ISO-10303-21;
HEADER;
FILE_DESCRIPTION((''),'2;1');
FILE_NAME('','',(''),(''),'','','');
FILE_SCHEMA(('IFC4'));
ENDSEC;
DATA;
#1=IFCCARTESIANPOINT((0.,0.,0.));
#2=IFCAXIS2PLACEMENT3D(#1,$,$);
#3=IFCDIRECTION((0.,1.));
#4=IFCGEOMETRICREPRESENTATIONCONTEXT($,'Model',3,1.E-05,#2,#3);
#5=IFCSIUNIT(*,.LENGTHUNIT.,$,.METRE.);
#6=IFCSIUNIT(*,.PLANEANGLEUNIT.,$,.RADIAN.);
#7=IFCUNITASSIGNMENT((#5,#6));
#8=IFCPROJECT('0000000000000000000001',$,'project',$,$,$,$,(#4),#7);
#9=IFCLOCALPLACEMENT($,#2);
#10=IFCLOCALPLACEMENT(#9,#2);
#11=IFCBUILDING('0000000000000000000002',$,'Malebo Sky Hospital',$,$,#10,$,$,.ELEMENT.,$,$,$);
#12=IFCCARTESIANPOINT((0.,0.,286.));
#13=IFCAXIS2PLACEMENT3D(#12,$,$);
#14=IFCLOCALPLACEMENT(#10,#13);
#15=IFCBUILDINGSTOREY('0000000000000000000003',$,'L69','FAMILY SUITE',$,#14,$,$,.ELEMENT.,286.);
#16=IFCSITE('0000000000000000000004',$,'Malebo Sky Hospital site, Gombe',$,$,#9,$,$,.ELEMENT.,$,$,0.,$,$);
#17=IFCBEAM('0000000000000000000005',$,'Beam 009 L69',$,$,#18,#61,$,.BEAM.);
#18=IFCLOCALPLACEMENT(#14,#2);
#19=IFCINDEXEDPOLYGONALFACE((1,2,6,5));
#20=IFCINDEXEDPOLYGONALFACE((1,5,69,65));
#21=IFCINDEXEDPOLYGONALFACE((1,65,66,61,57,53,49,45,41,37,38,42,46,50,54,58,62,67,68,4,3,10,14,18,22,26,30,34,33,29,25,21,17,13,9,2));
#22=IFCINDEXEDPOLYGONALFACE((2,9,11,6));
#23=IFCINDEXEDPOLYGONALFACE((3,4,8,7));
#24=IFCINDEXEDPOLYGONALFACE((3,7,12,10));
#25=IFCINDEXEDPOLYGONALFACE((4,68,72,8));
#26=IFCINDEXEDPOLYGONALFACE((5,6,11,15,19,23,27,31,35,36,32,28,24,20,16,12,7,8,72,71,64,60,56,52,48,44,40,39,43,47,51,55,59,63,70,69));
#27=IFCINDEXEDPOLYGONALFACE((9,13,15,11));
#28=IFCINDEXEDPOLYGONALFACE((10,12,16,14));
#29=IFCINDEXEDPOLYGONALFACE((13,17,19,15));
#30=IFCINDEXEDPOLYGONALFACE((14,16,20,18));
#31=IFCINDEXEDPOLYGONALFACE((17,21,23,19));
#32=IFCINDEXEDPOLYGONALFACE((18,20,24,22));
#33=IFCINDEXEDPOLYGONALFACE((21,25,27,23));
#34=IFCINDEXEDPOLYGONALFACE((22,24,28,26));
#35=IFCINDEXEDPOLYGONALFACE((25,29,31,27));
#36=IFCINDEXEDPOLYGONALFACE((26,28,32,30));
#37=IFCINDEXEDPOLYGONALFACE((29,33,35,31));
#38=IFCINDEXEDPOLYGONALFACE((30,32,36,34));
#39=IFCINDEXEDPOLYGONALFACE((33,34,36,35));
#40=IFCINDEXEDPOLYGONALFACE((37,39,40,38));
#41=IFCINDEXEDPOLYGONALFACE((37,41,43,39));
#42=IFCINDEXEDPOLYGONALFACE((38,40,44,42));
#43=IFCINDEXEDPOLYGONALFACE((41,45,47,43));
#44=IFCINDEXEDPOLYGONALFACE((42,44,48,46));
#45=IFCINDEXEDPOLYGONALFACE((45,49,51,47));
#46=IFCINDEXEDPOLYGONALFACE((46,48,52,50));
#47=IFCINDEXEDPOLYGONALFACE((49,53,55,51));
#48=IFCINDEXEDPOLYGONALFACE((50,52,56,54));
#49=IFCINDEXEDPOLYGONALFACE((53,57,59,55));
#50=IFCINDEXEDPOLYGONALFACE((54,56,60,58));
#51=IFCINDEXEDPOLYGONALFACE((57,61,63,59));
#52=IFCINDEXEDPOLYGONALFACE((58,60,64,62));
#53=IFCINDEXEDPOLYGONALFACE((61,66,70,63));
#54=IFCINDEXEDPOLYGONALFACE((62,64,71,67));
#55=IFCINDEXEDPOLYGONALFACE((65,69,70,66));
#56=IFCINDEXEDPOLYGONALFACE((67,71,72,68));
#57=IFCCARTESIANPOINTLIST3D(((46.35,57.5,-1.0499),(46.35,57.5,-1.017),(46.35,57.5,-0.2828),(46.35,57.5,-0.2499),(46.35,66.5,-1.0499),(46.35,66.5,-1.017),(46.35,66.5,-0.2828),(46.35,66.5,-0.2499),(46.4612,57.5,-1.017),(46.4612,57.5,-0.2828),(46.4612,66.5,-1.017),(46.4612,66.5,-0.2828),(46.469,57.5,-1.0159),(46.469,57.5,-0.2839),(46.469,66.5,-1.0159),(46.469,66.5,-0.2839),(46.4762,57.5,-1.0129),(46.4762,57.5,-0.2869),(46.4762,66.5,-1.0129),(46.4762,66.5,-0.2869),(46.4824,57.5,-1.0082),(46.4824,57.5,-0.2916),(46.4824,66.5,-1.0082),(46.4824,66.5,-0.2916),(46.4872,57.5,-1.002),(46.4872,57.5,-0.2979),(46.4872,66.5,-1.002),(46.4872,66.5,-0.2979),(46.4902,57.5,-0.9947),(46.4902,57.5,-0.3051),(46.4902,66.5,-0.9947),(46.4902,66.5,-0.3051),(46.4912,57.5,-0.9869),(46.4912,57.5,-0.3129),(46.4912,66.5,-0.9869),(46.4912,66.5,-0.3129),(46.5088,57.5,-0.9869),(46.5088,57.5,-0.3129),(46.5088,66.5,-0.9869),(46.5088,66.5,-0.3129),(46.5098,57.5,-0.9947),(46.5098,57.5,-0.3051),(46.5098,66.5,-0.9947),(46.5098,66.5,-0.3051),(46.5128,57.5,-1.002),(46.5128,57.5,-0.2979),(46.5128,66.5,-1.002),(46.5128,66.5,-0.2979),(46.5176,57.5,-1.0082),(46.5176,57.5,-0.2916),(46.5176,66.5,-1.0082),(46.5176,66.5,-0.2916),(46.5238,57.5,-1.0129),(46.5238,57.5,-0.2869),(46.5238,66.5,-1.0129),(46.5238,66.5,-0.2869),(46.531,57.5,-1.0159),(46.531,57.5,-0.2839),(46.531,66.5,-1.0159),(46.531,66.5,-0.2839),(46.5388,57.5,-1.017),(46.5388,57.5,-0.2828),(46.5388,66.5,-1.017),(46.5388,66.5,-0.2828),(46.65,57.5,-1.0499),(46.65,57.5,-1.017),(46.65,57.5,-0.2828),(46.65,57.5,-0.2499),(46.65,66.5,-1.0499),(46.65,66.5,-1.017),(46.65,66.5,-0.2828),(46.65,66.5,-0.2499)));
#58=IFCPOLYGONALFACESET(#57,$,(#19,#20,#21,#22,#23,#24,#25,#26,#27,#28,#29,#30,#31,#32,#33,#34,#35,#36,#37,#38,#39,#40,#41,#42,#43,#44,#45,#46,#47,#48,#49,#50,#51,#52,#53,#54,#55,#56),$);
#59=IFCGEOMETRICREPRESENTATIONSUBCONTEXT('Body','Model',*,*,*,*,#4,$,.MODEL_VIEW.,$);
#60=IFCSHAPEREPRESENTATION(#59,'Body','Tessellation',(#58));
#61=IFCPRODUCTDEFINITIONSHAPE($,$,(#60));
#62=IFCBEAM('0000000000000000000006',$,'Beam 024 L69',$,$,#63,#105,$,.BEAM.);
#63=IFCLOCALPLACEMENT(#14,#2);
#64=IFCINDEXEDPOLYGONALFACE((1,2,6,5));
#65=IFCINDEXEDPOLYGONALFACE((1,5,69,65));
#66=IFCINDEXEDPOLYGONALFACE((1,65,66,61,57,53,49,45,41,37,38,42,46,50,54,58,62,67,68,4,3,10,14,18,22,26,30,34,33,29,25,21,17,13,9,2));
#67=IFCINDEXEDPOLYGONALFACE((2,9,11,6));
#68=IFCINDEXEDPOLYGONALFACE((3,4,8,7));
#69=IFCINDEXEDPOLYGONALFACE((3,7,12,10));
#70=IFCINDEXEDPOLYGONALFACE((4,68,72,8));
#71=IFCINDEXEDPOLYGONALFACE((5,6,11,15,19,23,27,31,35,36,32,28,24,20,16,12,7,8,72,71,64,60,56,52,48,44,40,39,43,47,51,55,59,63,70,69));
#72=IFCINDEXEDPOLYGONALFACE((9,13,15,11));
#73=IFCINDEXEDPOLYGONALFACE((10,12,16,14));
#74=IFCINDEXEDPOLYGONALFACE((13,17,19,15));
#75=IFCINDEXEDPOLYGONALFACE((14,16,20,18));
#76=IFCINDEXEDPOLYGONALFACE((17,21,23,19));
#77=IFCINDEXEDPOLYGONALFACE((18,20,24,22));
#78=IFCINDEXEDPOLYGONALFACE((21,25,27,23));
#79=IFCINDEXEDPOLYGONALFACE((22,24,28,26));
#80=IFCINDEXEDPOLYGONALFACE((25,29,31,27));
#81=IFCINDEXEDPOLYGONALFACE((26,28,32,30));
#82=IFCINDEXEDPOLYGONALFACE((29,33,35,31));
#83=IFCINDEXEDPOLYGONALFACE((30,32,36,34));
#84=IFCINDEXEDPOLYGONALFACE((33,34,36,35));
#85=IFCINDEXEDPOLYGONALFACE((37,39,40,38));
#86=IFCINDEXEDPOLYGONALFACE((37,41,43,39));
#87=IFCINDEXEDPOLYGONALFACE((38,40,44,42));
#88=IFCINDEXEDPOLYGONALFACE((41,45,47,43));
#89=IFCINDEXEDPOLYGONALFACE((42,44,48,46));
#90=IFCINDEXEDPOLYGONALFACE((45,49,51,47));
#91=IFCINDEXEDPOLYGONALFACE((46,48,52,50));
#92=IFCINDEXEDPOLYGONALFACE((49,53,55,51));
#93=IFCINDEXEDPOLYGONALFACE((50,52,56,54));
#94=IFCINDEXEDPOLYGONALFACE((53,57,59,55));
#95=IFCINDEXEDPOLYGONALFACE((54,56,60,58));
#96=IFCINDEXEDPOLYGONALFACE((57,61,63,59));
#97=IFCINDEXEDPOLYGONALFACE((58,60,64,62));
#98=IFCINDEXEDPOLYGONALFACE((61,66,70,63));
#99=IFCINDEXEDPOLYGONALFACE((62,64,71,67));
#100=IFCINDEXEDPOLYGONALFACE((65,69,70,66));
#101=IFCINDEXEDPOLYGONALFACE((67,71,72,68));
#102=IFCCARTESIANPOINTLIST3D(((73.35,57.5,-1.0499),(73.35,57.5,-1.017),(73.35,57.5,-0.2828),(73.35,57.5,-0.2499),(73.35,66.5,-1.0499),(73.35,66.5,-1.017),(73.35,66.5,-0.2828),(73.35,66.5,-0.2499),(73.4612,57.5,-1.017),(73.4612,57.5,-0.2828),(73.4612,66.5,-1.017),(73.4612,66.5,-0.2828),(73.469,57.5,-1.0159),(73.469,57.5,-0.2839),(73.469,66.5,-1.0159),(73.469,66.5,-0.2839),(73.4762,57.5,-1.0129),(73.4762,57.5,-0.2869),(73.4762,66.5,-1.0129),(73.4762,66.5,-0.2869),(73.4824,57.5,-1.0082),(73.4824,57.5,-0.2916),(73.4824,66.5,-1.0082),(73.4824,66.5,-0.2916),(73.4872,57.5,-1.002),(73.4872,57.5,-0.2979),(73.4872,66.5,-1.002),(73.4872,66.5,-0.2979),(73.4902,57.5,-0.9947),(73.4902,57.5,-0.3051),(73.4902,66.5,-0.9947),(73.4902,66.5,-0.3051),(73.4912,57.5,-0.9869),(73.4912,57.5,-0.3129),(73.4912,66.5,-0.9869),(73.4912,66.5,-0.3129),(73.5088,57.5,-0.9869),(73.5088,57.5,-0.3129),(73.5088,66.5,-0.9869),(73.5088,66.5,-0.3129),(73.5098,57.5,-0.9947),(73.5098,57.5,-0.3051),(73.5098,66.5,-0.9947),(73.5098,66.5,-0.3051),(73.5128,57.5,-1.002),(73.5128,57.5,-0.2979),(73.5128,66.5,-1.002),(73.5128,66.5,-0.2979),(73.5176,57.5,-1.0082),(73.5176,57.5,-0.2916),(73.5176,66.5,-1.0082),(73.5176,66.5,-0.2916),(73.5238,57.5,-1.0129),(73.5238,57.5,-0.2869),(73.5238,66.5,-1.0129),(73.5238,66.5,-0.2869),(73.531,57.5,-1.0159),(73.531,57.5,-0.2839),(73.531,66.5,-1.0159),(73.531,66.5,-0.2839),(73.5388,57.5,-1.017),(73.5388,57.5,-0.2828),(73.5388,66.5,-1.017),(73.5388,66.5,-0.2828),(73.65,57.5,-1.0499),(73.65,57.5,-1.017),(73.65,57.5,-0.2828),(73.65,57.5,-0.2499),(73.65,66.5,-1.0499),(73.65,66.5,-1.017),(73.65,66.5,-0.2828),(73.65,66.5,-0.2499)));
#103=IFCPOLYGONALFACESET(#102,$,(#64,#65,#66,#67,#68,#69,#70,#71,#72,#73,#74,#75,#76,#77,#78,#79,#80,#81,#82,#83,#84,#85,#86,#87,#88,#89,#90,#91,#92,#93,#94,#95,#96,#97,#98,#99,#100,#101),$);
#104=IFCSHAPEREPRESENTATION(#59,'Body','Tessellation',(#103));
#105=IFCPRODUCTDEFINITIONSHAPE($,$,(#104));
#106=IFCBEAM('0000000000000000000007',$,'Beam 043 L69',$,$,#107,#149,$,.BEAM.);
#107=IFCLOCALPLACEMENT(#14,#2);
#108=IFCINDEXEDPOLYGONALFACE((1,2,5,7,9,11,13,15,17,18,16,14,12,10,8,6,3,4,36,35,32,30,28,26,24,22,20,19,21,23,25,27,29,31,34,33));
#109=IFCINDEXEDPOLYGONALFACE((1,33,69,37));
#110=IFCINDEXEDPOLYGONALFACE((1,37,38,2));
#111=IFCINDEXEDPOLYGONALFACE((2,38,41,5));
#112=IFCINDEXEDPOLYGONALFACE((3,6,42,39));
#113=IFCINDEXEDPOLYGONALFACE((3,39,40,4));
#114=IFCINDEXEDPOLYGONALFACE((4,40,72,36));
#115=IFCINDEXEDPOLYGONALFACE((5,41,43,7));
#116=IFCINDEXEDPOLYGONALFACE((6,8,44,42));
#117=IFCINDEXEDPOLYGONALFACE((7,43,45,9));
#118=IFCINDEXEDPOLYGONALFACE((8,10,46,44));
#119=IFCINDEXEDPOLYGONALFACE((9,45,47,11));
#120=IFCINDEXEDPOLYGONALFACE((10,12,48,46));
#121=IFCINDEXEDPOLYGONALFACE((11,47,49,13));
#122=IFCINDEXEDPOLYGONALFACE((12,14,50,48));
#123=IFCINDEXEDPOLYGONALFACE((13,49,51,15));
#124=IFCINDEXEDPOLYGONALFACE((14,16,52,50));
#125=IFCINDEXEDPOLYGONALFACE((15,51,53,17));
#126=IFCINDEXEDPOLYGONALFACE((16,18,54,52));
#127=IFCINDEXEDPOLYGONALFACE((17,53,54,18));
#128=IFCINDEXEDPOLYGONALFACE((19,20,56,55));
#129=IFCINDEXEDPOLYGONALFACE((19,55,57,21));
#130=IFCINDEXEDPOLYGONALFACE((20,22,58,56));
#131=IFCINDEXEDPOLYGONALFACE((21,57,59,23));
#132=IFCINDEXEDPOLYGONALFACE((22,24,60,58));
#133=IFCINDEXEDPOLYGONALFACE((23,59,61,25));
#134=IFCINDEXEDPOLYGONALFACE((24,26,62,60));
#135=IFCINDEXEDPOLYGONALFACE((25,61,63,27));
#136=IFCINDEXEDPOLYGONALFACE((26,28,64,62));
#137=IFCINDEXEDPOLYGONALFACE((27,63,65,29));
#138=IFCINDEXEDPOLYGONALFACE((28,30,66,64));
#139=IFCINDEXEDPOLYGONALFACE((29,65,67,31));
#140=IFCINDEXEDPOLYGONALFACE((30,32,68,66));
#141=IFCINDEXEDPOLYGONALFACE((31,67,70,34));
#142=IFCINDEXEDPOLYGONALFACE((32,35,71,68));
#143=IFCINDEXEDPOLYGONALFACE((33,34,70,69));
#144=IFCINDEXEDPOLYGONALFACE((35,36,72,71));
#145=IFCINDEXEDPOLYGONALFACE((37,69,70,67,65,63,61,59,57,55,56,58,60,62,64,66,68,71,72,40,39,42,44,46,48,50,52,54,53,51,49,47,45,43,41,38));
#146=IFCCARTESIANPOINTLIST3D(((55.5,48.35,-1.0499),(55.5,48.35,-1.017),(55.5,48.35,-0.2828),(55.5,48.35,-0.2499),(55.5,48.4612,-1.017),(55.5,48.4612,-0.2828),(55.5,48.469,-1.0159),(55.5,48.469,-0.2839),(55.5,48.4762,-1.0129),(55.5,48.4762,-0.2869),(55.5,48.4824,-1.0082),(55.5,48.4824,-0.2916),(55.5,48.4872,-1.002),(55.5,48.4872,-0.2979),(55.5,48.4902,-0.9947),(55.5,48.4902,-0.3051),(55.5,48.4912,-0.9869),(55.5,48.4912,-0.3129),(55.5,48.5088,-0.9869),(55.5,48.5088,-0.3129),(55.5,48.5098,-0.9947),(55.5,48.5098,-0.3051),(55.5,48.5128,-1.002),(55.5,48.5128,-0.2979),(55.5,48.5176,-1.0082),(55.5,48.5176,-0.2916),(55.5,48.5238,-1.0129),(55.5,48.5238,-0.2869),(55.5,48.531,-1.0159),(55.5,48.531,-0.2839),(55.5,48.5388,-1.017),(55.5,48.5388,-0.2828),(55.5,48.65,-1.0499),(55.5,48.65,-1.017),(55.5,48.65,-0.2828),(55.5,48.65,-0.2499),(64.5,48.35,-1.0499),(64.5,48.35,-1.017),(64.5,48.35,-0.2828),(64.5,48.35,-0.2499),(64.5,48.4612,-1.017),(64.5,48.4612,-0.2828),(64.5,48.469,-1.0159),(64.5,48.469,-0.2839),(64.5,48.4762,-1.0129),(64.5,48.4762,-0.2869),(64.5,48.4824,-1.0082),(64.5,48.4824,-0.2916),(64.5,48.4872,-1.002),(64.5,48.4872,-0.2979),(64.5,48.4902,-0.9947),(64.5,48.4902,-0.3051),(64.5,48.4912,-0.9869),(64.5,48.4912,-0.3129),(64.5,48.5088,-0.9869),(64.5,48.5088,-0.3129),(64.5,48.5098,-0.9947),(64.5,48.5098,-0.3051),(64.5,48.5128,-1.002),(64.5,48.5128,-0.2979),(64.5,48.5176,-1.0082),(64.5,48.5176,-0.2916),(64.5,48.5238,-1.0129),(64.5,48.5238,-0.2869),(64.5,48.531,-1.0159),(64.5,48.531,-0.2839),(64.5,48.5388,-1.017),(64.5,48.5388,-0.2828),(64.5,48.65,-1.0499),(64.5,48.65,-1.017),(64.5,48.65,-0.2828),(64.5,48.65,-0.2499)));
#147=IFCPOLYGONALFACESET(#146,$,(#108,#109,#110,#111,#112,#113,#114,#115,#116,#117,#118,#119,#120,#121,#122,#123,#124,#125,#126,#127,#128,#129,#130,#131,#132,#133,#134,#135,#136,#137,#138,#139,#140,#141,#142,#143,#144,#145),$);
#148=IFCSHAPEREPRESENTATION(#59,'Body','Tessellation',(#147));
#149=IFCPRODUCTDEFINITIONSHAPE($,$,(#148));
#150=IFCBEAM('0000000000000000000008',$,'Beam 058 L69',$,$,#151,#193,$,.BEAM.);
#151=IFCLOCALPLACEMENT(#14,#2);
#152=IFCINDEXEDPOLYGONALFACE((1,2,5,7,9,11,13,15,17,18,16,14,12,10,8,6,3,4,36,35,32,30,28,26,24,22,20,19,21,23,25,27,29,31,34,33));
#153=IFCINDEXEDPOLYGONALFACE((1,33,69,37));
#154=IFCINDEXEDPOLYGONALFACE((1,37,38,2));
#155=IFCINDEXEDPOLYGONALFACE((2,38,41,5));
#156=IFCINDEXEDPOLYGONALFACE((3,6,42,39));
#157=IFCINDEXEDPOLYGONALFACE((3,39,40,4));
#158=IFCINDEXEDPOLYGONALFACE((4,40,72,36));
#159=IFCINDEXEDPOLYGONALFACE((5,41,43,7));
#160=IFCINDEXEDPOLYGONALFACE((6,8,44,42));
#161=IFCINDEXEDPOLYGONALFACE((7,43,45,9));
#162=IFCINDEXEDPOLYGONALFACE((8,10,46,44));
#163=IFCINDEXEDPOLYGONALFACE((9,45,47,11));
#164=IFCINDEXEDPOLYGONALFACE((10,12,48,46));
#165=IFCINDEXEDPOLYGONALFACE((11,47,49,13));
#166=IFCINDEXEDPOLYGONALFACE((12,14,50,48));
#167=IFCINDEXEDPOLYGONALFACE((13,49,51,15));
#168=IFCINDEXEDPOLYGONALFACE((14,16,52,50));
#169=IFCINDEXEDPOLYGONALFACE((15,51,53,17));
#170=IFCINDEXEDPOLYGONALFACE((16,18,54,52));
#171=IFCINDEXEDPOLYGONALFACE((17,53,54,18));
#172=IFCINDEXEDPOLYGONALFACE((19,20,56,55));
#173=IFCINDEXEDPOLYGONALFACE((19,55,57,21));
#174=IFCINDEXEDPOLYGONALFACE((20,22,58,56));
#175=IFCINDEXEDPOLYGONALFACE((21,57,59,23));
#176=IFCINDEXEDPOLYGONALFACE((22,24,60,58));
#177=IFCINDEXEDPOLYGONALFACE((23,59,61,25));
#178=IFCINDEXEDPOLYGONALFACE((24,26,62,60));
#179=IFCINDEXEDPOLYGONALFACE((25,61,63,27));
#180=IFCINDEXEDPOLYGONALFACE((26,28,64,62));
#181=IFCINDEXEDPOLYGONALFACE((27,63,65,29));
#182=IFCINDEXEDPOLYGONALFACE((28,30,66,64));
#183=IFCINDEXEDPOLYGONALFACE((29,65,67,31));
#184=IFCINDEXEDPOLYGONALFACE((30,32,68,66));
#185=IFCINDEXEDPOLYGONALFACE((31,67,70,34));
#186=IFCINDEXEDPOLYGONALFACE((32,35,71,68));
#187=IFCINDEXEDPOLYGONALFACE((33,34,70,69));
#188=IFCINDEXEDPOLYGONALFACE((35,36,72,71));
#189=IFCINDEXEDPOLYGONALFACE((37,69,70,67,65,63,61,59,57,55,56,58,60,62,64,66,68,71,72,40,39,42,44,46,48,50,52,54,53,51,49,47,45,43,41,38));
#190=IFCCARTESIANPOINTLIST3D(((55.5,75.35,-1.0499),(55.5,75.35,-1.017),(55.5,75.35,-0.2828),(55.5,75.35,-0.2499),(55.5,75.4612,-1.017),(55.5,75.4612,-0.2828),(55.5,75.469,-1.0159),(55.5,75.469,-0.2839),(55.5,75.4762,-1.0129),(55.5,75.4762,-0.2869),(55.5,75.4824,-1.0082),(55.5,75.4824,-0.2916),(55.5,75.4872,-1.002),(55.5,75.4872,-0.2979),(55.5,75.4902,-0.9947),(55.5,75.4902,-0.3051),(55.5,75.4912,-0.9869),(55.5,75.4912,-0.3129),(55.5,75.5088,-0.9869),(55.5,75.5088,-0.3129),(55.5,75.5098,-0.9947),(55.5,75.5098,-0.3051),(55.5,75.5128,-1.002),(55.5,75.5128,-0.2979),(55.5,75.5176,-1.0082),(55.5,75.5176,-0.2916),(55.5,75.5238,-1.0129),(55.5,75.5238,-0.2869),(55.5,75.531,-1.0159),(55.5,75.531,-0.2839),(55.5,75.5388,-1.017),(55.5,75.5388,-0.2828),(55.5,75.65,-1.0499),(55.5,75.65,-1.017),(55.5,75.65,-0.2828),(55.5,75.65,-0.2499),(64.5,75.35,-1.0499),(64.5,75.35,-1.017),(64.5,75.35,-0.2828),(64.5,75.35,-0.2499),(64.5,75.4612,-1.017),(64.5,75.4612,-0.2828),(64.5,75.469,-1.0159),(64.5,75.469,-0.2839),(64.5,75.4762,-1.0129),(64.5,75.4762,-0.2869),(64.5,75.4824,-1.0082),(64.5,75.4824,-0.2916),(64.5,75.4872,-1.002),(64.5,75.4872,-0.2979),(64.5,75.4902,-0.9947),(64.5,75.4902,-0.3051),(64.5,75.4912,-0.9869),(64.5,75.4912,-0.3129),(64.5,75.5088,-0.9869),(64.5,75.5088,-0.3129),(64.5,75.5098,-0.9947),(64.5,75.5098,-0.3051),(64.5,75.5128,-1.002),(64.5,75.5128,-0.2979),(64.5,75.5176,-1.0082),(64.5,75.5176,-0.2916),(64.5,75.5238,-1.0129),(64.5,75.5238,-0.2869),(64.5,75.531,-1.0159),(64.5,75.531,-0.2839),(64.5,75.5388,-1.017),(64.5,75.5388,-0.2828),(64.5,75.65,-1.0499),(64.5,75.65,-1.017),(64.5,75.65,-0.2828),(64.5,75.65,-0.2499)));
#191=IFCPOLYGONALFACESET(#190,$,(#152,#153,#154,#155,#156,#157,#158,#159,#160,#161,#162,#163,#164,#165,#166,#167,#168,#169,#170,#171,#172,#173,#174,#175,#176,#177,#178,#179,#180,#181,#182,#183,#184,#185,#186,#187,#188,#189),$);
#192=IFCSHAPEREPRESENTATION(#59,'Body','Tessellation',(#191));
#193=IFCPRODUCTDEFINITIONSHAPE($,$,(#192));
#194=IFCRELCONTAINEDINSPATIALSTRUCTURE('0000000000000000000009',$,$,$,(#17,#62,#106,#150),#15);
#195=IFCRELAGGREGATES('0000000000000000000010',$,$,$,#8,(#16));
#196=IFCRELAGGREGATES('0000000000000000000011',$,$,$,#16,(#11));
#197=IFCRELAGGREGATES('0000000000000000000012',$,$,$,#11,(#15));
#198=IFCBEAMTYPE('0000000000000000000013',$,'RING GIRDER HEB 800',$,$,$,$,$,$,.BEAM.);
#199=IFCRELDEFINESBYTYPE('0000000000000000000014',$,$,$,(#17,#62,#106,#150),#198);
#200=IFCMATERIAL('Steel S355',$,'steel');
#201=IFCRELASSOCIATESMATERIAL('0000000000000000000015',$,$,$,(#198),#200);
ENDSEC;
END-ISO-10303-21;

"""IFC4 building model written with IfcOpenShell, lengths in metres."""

from ifc_helpers import new_model, si_unit, direction, frame, origin, origin_2d, place, context, subcontext, project, spatial, i_section, extrude, material, material_profile, profile_set, type_object, element, save


model = new_model("IFC4")

# Units and contexts
model_context = context("Model", 3, precision=1e-05, world=origin(), true_north=direction((0.0, 1.0)))
body_context = subcontext(model_context, "Body", "Model", "MODEL_VIEW")
ifc_project = project(units=[si_unit("LENGTHUNIT", "METRE"), si_unit("PLANEANGLEUNIT", "RADIAN")], contexts=[model_context])

# Site, building, storey
site_placement = place(None, origin())
site = spatial("IfcSite", under=ifc_project, at=site_placement, Name="Malebo Sky Hospital site, Gombe", CompositionType="ELEMENT", RefElevation=0.0)
building_placement = place(site_placement, origin())
building = spatial("IfcBuilding", under=site, at=building_placement, Name="Malebo Sky Hospital", CompositionType="ELEMENT")
storey_placement = place(building_placement, frame((0.0, 0.0, 286.0)))
storey = spatial("IfcBuildingStorey", under=building, at=storey_placement, Name="L69", Description="FAMILY SUITE", CompositionType="ELEMENT", Elevation=286.0)

# Beams
ifc_material = material(Name="Steel S355", Category="steel")
ifc_material_profile_1 = material_profile(ifc_material, i_section(OverallWidth=0.3, OverallDepth=0.8, WebThickness=0.0176, FlangeThickness=0.033, FilletRadius=0.03, at=origin_2d()), Name="HEB 800")
ifc_profile_set_1 = profile_set([ifc_material_profile_1], Name="Steel S355")
beam_type_1 = type_object("IfcBeamType", Name="RING GIRDER HEB 800", PredefinedType="BEAM", material=ifc_profile_set_1)
for number, where, z_axis, x_axis, name in (
    (1, (46.5, 57.5, -0.6499), (0.0, 1.0, 0.0), (-1.0, 0.0, 0.0), "Beam 009 L69"),
    (2, (73.5, 57.5, -0.6499), (0.0, 1.0, 0.0), (-1.0, 0.0, 0.0), "Beam 024 L69"),
    (3, (55.5, 48.5, -0.6499), (1.0, 0.0, 0.0), (0.0, 1.0, 0.0), "Beam 043 L69"),
    (4, (55.5, 75.5, -0.6499), (1.0, 0.0, 0.0), (0.0, 1.0, 0.0), "Beam 058 L69"),
):
    element("IfcBeam", number, at=place(storey_placement, frame(where, z_axis=z_axis, x_axis=x_axis)), inside=storey, type_object=beam_type_1, Name=name, PredefinedType="BEAM", context=body_context, shape_type="SweptSolid", body=[
        extrude(i_section(OverallWidth=0.3, OverallDepth=0.8, WebThickness=0.0176, FlangeThickness=0.033, FilletRadius=0.03, at=origin_2d()), origin(), (0.0, 0.0, 1.0), 9.0),
    ])

save(model, "model.ifc")
